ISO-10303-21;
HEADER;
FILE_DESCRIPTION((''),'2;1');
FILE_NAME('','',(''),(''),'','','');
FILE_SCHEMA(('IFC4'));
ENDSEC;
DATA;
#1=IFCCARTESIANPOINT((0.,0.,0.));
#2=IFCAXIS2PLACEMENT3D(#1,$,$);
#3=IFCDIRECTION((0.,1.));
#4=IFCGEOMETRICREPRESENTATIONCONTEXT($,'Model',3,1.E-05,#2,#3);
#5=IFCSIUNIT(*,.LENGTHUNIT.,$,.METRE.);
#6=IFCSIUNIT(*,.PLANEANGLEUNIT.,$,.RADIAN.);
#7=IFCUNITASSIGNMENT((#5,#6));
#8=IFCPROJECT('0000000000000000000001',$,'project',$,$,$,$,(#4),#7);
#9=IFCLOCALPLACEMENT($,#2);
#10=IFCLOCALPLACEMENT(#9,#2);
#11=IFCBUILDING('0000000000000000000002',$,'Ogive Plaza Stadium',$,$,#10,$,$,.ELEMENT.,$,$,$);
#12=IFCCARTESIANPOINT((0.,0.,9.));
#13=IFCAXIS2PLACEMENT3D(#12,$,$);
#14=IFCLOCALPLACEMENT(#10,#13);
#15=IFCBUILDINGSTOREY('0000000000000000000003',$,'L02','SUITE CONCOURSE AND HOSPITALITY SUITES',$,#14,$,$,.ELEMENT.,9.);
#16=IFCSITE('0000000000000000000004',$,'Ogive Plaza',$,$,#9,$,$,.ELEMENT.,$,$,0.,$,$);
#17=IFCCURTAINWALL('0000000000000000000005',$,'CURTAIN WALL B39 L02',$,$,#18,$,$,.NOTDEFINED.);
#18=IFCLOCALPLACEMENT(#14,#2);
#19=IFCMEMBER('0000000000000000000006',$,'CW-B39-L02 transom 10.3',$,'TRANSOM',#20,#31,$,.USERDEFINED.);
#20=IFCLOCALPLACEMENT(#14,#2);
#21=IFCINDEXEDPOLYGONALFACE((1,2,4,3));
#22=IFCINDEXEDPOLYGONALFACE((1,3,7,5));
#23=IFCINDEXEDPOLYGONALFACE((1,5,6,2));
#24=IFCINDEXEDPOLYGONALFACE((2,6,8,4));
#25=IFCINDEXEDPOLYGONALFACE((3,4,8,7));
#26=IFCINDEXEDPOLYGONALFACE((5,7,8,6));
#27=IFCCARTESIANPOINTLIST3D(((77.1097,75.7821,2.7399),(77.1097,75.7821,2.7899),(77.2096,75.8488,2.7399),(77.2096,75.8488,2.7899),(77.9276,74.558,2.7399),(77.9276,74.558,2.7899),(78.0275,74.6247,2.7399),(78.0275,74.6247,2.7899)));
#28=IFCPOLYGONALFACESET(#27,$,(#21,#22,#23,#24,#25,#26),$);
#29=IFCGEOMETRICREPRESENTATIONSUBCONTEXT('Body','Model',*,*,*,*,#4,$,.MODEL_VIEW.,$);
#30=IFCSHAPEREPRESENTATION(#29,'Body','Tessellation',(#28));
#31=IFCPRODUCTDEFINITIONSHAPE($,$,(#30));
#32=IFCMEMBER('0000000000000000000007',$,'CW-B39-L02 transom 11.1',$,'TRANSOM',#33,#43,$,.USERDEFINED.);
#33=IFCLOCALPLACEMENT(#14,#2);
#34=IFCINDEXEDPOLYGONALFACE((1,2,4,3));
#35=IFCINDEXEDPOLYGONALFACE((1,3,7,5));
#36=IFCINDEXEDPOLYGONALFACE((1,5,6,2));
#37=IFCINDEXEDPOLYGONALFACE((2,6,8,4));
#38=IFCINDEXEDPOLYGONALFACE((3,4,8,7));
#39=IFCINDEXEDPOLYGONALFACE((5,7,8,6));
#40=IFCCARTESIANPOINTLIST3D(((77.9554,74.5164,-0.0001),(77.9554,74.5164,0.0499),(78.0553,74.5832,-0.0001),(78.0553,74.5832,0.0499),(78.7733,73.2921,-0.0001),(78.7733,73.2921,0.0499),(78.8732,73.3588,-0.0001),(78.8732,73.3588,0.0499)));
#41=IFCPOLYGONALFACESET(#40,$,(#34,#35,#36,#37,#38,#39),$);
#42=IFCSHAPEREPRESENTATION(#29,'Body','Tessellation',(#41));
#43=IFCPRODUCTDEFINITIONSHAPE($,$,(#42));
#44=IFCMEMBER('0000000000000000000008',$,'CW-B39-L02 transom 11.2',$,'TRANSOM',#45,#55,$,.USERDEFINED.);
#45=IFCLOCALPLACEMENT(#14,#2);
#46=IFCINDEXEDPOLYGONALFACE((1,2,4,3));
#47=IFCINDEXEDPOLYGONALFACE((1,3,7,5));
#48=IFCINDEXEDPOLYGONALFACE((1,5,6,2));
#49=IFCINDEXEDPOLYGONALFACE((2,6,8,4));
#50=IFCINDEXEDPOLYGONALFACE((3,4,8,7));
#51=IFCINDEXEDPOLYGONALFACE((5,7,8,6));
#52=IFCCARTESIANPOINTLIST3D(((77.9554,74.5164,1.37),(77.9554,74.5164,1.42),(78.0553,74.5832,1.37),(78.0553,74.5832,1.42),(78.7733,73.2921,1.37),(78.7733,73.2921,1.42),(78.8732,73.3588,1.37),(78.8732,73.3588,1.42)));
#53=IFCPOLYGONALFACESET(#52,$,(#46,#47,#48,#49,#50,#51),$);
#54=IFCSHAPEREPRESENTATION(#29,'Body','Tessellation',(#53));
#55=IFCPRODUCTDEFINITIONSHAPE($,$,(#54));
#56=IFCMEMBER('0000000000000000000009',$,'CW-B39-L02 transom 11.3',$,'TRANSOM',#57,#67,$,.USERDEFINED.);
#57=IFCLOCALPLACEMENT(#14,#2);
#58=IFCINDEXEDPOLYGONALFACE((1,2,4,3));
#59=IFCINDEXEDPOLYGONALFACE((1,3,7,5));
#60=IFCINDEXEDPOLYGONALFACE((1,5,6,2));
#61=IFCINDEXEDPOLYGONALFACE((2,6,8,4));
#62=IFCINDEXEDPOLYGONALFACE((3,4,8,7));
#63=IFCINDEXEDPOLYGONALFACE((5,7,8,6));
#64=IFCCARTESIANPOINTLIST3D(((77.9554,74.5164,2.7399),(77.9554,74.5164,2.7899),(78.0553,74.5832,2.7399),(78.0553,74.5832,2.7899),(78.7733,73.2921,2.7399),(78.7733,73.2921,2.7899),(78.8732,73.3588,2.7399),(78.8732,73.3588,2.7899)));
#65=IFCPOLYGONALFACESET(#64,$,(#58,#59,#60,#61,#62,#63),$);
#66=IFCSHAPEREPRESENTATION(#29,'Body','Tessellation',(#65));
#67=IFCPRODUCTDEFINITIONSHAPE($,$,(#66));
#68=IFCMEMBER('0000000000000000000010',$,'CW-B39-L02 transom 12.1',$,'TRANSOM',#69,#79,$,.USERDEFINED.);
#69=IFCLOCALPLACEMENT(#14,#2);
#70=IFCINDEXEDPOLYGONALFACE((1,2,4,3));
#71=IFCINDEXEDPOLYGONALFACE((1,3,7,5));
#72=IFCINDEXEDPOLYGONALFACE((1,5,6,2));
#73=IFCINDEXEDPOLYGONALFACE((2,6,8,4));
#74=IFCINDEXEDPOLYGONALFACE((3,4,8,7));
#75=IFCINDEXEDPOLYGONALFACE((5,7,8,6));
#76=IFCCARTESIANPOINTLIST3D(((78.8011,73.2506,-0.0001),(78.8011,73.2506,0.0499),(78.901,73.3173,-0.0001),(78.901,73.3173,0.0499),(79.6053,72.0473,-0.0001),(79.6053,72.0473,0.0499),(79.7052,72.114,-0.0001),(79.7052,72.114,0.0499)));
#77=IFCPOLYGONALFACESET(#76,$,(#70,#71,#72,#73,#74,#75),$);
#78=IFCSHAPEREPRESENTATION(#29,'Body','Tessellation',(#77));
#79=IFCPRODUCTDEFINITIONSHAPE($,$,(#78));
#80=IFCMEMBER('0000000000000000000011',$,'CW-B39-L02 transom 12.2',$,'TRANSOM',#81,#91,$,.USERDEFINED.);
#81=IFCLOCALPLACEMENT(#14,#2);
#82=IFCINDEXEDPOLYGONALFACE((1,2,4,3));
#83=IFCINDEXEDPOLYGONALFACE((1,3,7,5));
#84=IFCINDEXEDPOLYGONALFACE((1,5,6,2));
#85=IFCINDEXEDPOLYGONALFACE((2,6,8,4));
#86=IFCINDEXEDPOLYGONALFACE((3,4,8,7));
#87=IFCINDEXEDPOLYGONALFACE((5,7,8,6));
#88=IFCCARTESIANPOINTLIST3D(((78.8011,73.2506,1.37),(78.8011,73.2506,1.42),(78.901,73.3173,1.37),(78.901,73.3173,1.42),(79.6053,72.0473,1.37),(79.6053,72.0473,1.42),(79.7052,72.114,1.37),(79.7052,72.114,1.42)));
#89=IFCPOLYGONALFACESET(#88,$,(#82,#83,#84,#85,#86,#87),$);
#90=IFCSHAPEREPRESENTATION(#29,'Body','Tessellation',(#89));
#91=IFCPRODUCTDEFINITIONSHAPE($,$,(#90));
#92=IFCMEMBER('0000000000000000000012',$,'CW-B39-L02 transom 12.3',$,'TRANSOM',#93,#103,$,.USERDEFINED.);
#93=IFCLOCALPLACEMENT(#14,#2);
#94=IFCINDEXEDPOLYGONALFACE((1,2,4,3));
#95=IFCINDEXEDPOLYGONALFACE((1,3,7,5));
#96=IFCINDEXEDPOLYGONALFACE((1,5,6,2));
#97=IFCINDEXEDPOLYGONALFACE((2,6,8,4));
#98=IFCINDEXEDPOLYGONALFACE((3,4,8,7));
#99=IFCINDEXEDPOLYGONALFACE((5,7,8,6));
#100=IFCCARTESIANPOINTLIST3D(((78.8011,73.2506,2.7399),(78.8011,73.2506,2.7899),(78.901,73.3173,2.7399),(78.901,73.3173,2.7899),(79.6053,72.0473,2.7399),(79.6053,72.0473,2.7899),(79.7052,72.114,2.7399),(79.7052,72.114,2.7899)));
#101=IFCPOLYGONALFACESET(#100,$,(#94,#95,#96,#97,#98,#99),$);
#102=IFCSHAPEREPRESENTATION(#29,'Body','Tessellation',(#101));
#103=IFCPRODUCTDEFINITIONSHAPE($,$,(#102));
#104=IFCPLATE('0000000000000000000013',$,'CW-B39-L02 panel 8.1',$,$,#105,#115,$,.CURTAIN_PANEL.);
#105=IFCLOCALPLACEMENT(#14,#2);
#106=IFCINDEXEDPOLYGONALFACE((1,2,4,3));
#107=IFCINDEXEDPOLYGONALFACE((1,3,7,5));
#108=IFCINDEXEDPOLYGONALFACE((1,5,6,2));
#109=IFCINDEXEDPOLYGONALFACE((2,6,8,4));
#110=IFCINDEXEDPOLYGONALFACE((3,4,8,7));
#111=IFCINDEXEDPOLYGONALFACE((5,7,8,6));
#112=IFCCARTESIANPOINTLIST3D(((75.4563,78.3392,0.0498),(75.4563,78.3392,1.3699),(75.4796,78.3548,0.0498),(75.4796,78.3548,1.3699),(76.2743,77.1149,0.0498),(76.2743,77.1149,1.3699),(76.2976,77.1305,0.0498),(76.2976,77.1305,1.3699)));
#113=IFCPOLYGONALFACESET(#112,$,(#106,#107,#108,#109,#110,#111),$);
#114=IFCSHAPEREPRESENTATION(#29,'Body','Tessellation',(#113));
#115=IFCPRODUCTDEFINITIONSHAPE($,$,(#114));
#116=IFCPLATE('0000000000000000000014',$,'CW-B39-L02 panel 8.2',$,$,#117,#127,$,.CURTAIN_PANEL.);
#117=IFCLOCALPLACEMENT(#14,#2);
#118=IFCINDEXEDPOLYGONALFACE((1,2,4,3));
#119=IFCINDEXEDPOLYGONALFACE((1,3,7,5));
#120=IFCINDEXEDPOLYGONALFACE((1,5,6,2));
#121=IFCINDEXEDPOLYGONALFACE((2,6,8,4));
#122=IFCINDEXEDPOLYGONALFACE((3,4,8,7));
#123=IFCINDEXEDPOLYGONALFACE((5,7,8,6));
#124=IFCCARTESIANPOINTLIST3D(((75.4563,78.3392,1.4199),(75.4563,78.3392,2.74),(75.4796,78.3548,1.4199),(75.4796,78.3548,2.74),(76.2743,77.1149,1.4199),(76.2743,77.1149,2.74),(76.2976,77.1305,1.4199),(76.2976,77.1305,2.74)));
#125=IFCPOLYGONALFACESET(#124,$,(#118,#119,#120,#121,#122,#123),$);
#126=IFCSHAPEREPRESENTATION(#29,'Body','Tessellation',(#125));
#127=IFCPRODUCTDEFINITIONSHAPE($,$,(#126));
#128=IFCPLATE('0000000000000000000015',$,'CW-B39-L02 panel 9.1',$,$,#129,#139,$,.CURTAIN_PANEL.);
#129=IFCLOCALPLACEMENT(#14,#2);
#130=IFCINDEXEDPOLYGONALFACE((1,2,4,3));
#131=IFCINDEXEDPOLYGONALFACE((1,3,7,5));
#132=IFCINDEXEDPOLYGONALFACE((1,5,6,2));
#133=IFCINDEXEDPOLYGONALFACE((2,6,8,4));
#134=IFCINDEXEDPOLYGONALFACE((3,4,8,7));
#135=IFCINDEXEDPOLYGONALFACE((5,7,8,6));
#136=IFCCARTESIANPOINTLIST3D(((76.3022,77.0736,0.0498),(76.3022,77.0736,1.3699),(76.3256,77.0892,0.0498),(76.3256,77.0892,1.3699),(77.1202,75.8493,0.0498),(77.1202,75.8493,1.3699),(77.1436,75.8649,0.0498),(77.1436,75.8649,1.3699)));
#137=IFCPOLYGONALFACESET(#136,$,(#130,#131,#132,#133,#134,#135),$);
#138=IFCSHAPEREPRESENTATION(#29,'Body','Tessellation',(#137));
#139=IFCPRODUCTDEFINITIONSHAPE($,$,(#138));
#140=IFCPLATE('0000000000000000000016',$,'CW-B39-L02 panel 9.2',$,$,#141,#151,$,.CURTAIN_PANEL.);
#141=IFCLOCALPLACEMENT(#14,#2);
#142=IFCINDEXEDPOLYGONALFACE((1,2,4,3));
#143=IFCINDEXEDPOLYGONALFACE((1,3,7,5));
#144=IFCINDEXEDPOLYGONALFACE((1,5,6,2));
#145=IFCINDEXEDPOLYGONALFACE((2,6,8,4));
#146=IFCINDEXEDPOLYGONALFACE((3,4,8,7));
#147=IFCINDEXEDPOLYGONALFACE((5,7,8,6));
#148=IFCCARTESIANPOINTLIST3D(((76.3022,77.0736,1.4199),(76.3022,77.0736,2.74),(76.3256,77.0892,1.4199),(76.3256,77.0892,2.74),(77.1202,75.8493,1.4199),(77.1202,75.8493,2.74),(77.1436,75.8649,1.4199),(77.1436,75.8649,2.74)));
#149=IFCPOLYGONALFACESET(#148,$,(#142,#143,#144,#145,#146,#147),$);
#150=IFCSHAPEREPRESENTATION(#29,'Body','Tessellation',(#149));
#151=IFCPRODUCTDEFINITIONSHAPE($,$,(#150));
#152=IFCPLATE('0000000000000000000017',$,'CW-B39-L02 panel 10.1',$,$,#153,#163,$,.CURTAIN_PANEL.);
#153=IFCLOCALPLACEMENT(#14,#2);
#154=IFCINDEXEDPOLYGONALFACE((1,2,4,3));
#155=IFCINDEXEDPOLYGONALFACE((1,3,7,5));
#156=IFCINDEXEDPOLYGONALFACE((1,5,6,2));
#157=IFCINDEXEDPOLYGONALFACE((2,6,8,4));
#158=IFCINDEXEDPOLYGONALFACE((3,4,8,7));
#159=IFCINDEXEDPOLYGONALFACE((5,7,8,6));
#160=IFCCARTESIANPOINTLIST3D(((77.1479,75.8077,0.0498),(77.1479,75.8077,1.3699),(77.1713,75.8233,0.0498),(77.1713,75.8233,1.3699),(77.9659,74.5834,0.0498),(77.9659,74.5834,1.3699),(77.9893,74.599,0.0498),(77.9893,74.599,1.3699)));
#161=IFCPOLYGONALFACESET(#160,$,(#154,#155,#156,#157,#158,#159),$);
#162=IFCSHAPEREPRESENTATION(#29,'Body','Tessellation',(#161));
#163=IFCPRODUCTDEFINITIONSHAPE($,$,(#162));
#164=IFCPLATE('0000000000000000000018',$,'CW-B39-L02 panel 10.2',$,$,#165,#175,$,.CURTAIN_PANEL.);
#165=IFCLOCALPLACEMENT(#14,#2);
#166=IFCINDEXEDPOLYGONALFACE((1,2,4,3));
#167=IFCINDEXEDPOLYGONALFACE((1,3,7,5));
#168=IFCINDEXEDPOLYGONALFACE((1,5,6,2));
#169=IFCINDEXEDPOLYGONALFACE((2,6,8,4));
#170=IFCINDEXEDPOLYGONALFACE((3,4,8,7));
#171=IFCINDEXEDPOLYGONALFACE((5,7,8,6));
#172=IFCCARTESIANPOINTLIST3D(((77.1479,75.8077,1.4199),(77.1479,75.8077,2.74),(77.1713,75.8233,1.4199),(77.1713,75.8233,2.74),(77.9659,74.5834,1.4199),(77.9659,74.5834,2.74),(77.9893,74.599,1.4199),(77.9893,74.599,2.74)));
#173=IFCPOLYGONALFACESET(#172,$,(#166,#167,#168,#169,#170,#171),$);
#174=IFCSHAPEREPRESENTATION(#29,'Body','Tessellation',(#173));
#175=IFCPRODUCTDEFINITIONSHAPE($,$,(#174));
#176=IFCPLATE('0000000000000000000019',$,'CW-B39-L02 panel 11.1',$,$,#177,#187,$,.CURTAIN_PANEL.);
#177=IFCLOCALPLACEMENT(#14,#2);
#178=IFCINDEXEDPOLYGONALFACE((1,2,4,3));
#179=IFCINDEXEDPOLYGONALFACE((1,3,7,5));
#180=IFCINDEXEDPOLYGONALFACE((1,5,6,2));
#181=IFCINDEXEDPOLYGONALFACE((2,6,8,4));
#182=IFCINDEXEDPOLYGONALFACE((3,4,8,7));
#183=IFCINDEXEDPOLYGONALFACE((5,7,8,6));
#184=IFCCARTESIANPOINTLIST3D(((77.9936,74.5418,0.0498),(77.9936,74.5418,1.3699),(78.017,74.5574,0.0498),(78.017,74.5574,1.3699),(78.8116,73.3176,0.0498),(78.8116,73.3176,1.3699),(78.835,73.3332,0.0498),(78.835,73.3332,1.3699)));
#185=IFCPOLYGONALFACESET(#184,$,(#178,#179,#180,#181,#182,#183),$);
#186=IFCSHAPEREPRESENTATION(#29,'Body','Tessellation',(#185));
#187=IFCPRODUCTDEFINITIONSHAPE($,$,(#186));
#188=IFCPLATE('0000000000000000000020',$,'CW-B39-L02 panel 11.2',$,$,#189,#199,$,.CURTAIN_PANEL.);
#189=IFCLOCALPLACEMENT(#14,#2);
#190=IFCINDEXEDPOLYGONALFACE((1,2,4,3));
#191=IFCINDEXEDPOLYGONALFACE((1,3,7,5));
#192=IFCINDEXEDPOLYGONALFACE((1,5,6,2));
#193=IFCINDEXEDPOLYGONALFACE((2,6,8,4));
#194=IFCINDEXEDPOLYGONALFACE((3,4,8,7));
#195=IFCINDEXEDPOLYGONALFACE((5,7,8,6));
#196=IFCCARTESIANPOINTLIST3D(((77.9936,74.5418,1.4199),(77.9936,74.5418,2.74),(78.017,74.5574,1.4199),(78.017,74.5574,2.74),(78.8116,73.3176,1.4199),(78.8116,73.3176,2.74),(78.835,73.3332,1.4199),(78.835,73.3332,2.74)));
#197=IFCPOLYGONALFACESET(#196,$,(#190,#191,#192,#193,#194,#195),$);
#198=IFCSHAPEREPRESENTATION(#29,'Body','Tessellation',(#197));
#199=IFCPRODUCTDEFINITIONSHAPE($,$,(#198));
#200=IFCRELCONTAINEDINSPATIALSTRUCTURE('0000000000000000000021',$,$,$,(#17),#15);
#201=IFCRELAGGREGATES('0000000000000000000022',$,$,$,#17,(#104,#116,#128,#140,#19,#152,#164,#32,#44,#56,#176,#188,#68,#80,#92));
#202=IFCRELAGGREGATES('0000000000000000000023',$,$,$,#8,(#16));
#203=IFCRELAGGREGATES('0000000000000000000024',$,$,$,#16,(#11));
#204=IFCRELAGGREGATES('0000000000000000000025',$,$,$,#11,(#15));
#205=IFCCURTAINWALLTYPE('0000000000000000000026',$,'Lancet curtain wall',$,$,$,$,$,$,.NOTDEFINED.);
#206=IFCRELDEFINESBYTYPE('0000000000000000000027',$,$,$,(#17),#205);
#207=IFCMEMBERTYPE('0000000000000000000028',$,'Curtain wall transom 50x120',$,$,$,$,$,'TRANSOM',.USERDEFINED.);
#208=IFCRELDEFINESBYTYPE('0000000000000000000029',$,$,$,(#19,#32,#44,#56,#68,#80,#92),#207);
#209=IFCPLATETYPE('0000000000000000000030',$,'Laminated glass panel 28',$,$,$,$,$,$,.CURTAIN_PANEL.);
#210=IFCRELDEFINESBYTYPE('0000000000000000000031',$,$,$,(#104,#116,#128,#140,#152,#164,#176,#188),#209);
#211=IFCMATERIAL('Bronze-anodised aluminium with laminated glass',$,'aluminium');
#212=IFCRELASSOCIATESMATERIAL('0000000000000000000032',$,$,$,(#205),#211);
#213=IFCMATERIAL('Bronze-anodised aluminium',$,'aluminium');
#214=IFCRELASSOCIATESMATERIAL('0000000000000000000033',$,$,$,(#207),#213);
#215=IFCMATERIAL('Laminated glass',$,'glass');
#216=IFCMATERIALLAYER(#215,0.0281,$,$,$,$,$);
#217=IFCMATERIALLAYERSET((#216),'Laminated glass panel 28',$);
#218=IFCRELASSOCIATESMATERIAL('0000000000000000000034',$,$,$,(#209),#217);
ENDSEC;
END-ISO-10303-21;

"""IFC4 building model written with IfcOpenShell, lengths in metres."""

from ifc_helpers import new_model, si_unit, direction, frame, origin, origin_2d, place, context, subcontext, project, spatial, rectangle, extrude, material, layer, layer_set, material_profile, profile_set, type_object, element, aggregate, save


model = new_model("IFC4")

# Units and contexts
model_context = context("Model", 3, precision=1e-05, world=origin(), true_north=direction((0.0, 1.0)))
body_context = subcontext(model_context, "Body", "Model", "MODEL_VIEW")
ifc_project = project(units=[si_unit("LENGTHUNIT", "METRE"), si_unit("PLANEANGLEUNIT", "RADIAN")], contexts=[model_context])

# Site, building, storey
site_placement = place(None, origin())
site = spatial("IfcSite", under=ifc_project, at=site_placement, Name="Ogive Plaza", CompositionType="ELEMENT", RefElevation=0.0)
building_placement = place(site_placement, origin())
building = spatial("IfcBuilding", under=site, at=building_placement, Name="Ogive Plaza Stadium", CompositionType="ELEMENT")
storey_placement = place(building_placement, frame((0.0, 0.0, 9.0)))
storey = spatial("IfcBuildingStorey", under=building, at=storey_placement, Name="L02", Description="SUITE CONCOURSE AND HOSPITALITY SUITES", CompositionType="ELEMENT", Elevation=9.0)

# Curtain wall, members, plates
ifc_material_1 = material(Name="Bronze-anodised aluminium with laminated glass", Category="aluminium")
curtain_wall_type = type_object("IfcCurtainWallType", Name="Lancet curtain wall", PredefinedType="NOTDEFINED", material=ifc_material_1)
curtain_wall_placement = place(storey_placement, origin())
curtain_wall = element("IfcCurtainWall", 1, at=curtain_wall_placement, inside=storey, type_object=curtain_wall_type, Name="CURTAIN WALL B39 L02", PredefinedType="NOTDEFINED")
ifc_material_2 = material(Name="Bronze-anodised aluminium", Category="aluminium")
ifc_material_profile_1 = material_profile(ifc_material_2, rectangle(XDim=0.1201, YDim=0.05, at=origin_2d()), Name="AL 120x50")
ifc_profile_set_1 = profile_set([ifc_material_profile_1], Name="Bronze-anodised aluminium")
member_type_1 = type_object("IfcMemberType", Name="Curtain wall transom 50x120", ElementType="TRANSOM", PredefinedType="USERDEFINED", material=ifc_profile_set_1)
member_1_placement = place(storey_placement, frame((77.1597, 75.8154, 2.7649), z_axis=(0.555542, -0.831489, 0.0), x_axis=(0.831489, 0.555542, 0.0)))
member_1 = element("IfcMember", 2, at=member_1_placement, type_object=member_type_1, Name="CW-B39-L02 transom 10.3", ObjectType="TRANSOM", PredefinedType="USERDEFINED", context=body_context, shape_type="SweptSolid", body=[
    extrude(rectangle(XDim=0.1201, YDim=0.05, at=origin_2d()), origin(), (0.0, 0.0, 1.0), 1.4722),
])
member_2_placement = place(storey_placement, frame((78.0054, 74.5498, 0.0249), z_axis=(0.555465, -0.83154, 0.0), x_axis=(0.83154, 0.555465, 0.0)))
member_2 = element("IfcMember", 3, at=member_2_placement, type_object=member_type_1, Name="CW-B39-L02 transom 11.1", ObjectType="TRANSOM", PredefinedType="USERDEFINED", context=body_context, shape_type="SweptSolid", body=[
    extrude(rectangle(XDim=0.1201, YDim=0.05, at=origin_2d()), origin(), (0.0, 0.0, 1.0), 1.4724),
])
member_3_placement = place(storey_placement, frame((78.0054, 74.5498, 1.395), z_axis=(0.555465, -0.83154, 0.0), x_axis=(0.83154, 0.555465, 0.0)))
member_3 = element("IfcMember", 4, at=member_3_placement, type_object=member_type_1, Name="CW-B39-L02 transom 11.2", ObjectType="TRANSOM", PredefinedType="USERDEFINED", context=body_context, shape_type="SweptSolid", body=[
    extrude(rectangle(XDim=0.1201, YDim=0.05, at=origin_2d()), origin(), (0.0, 0.0, 1.0), 1.4724),
])
member_4_placement = place(storey_placement, frame((78.0054, 74.5498, 2.7649), z_axis=(0.555465, -0.83154, 0.0), x_axis=(0.83154, 0.555465, 0.0)))
member_4 = element("IfcMember", 5, at=member_4_placement, type_object=member_type_1, Name="CW-B39-L02 transom 11.3", ObjectType="TRANSOM", PredefinedType="USERDEFINED", context=body_context, shape_type="SweptSolid", body=[
    extrude(rectangle(XDim=0.1201, YDim=0.05, at=origin_2d()), origin(), (0.0, 0.0, 1.0), 1.4724),
])
member_5_placement = place(storey_placement, frame((78.8511, 73.2839, 0.0249), z_axis=(0.555634, -0.831427, 0.0), x_axis=(0.831427, 0.555634, 0.0)))
member_5 = element("IfcMember", 6, at=member_5_placement, type_object=member_type_1, Name="CW-B39-L02 transom 12.1", ObjectType="TRANSOM", PredefinedType="USERDEFINED", context=body_context, shape_type="SweptSolid", body=[
    extrude(rectangle(XDim=0.1201, YDim=0.05, at=origin_2d()), origin(), (0.0, 0.0, 1.0), 1.4473),
])
member_6_placement = place(storey_placement, frame((78.8511, 73.2839, 1.395), z_axis=(0.555634, -0.831427, 0.0), x_axis=(0.831427, 0.555634, 0.0)))
member_6 = element("IfcMember", 7, at=member_6_placement, type_object=member_type_1, Name="CW-B39-L02 transom 12.2", ObjectType="TRANSOM", PredefinedType="USERDEFINED", context=body_context, shape_type="SweptSolid", body=[
    extrude(rectangle(XDim=0.1201, YDim=0.05, at=origin_2d()), origin(), (0.0, 0.0, 1.0), 1.4473),
])
member_7_placement = place(storey_placement, frame((78.8511, 73.2839, 2.7649), z_axis=(0.555634, -0.831427, 0.0), x_axis=(0.831427, 0.555634, 0.0)))
member_7 = element("IfcMember", 8, at=member_7_placement, type_object=member_type_1, Name="CW-B39-L02 transom 12.3", ObjectType="TRANSOM", PredefinedType="USERDEFINED", context=body_context, shape_type="SweptSolid", body=[
    extrude(rectangle(XDim=0.1201, YDim=0.05, at=origin_2d()), origin(), (0.0, 0.0, 1.0), 1.4473),
])
ifc_material_3 = material(Name="Laminated glass", Category="glass")
ifc_layer = layer(ifc_material_3, 0.0281)
ifc_layer_set = layer_set([ifc_layer], Name="Laminated glass panel 28")
plate_type = type_object("IfcPlateType", Name="Laminated glass panel 28", PredefinedType="CURTAIN_PANEL", material=ifc_layer_set)
plate_1_placement = place(storey_placement, frame((75.877, 77.7349, 0.0498), z_axis=(0.0, 0.0, 1.0), x_axis=(0.55557, -0.83147, 0.0)))
plate_1 = element("IfcPlate", 9, at=plate_1_placement, type_object=plate_type, Name="CW-B39-L02 panel 8.1", PredefinedType="CURTAIN_PANEL", context=body_context, shape_type="SweptSolid", body=[
    extrude(rectangle(XDim=1.4724, YDim=0.0281, at=origin_2d()), origin(), (0.0, 0.0, 1.0), 1.3201),
])
plate_2_placement = place(storey_placement, frame((75.877, 77.7349, 1.4199), z_axis=(0.0, 0.0, 1.0), x_axis=(0.55557, -0.83147, 0.0)))
plate_2 = element("IfcPlate", 10, at=plate_2_placement, type_object=plate_type, Name="CW-B39-L02 panel 8.2", PredefinedType="CURTAIN_PANEL", context=body_context, shape_type="SweptSolid", body=[
    extrude(rectangle(XDim=1.4724, YDim=0.0281, at=origin_2d()), origin(), (0.0, 0.0, 1.0), 1.3201),
])
plate_3_placement = place(storey_placement, frame((76.7229, 76.4692, 0.0498), z_axis=(0.0, 0.0, 1.0), x_axis=(0.55557, -0.83147, 0.0)))
plate_3 = element("IfcPlate", 11, at=plate_3_placement, type_object=plate_type, Name="CW-B39-L02 panel 9.1", PredefinedType="CURTAIN_PANEL", context=body_context, shape_type="SweptSolid", body=[
    extrude(rectangle(XDim=1.4724, YDim=0.0281, at=origin_2d()), origin(), (0.0, 0.0, 1.0), 1.3201),
])
plate_4_placement = place(storey_placement, frame((76.7229, 76.4692, 1.4199), z_axis=(0.0, 0.0, 1.0), x_axis=(0.55557, -0.83147, 0.0)))
plate_4 = element("IfcPlate", 12, at=plate_4_placement, type_object=plate_type, Name="CW-B39-L02 panel 9.2", PredefinedType="CURTAIN_PANEL", context=body_context, shape_type="SweptSolid", body=[
    extrude(rectangle(XDim=1.4724, YDim=0.0281, at=origin_2d()), origin(), (0.0, 0.0, 1.0), 1.3201),
])
plate_5_placement = place(storey_placement, frame((77.5686, 75.2034, 0.0498), z_axis=(0.0, 0.0, 1.0), x_axis=(0.55557, -0.83147, 0.0)))
plate_5 = element("IfcPlate", 13, at=plate_5_placement, type_object=plate_type, Name="CW-B39-L02 panel 10.1", PredefinedType="CURTAIN_PANEL", context=body_context, shape_type="SweptSolid", body=[
    extrude(rectangle(XDim=1.4724, YDim=0.0281, at=origin_2d()), origin(), (0.0, 0.0, 1.0), 1.3201),
])
plate_6_placement = place(storey_placement, frame((77.5686, 75.2034, 1.4199), z_axis=(0.0, 0.0, 1.0), x_axis=(0.55557, -0.83147, 0.0)))
plate_6 = element("IfcPlate", 14, at=plate_6_placement, type_object=plate_type, Name="CW-B39-L02 panel 10.2", PredefinedType="CURTAIN_PANEL", context=body_context, shape_type="SweptSolid", body=[
    extrude(rectangle(XDim=1.4724, YDim=0.0281, at=origin_2d()), origin(), (0.0, 0.0, 1.0), 1.3201),
])
plate_7_placement = place(storey_placement, frame((78.4143, 73.9375, 0.0498), z_axis=(0.0, 0.0, 1.0), x_axis=(0.55557, -0.83147, 0.0)))
plate_7 = element("IfcPlate", 15, at=plate_7_placement, type_object=plate_type, Name="CW-B39-L02 panel 11.1", PredefinedType="CURTAIN_PANEL", context=body_context, shape_type="SweptSolid", body=[
    extrude(rectangle(XDim=1.4724, YDim=0.0281, at=origin_2d()), origin(), (0.0, 0.0, 1.0), 1.3201),
])
plate_8_placement = place(storey_placement, frame((78.4143, 73.9375, 1.4199), z_axis=(0.0, 0.0, 1.0), x_axis=(0.55557, -0.83147, 0.0)))
plate_8 = element("IfcPlate", 16, at=plate_8_placement, type_object=plate_type, Name="CW-B39-L02 panel 11.2", PredefinedType="CURTAIN_PANEL", context=body_context, shape_type="SweptSolid", body=[
    extrude(rectangle(XDim=1.4724, YDim=0.0281, at=origin_2d()), origin(), (0.0, 0.0, 1.0), 1.3201),
])
aggregate(curtain_wall, [plate_1, plate_2, plate_3, plate_4, member_1, plate_5, plate_6, member_2, member_3, member_4, plate_7, plate_8, member_5, member_6, member_7])

save(model, "model.ifc")
